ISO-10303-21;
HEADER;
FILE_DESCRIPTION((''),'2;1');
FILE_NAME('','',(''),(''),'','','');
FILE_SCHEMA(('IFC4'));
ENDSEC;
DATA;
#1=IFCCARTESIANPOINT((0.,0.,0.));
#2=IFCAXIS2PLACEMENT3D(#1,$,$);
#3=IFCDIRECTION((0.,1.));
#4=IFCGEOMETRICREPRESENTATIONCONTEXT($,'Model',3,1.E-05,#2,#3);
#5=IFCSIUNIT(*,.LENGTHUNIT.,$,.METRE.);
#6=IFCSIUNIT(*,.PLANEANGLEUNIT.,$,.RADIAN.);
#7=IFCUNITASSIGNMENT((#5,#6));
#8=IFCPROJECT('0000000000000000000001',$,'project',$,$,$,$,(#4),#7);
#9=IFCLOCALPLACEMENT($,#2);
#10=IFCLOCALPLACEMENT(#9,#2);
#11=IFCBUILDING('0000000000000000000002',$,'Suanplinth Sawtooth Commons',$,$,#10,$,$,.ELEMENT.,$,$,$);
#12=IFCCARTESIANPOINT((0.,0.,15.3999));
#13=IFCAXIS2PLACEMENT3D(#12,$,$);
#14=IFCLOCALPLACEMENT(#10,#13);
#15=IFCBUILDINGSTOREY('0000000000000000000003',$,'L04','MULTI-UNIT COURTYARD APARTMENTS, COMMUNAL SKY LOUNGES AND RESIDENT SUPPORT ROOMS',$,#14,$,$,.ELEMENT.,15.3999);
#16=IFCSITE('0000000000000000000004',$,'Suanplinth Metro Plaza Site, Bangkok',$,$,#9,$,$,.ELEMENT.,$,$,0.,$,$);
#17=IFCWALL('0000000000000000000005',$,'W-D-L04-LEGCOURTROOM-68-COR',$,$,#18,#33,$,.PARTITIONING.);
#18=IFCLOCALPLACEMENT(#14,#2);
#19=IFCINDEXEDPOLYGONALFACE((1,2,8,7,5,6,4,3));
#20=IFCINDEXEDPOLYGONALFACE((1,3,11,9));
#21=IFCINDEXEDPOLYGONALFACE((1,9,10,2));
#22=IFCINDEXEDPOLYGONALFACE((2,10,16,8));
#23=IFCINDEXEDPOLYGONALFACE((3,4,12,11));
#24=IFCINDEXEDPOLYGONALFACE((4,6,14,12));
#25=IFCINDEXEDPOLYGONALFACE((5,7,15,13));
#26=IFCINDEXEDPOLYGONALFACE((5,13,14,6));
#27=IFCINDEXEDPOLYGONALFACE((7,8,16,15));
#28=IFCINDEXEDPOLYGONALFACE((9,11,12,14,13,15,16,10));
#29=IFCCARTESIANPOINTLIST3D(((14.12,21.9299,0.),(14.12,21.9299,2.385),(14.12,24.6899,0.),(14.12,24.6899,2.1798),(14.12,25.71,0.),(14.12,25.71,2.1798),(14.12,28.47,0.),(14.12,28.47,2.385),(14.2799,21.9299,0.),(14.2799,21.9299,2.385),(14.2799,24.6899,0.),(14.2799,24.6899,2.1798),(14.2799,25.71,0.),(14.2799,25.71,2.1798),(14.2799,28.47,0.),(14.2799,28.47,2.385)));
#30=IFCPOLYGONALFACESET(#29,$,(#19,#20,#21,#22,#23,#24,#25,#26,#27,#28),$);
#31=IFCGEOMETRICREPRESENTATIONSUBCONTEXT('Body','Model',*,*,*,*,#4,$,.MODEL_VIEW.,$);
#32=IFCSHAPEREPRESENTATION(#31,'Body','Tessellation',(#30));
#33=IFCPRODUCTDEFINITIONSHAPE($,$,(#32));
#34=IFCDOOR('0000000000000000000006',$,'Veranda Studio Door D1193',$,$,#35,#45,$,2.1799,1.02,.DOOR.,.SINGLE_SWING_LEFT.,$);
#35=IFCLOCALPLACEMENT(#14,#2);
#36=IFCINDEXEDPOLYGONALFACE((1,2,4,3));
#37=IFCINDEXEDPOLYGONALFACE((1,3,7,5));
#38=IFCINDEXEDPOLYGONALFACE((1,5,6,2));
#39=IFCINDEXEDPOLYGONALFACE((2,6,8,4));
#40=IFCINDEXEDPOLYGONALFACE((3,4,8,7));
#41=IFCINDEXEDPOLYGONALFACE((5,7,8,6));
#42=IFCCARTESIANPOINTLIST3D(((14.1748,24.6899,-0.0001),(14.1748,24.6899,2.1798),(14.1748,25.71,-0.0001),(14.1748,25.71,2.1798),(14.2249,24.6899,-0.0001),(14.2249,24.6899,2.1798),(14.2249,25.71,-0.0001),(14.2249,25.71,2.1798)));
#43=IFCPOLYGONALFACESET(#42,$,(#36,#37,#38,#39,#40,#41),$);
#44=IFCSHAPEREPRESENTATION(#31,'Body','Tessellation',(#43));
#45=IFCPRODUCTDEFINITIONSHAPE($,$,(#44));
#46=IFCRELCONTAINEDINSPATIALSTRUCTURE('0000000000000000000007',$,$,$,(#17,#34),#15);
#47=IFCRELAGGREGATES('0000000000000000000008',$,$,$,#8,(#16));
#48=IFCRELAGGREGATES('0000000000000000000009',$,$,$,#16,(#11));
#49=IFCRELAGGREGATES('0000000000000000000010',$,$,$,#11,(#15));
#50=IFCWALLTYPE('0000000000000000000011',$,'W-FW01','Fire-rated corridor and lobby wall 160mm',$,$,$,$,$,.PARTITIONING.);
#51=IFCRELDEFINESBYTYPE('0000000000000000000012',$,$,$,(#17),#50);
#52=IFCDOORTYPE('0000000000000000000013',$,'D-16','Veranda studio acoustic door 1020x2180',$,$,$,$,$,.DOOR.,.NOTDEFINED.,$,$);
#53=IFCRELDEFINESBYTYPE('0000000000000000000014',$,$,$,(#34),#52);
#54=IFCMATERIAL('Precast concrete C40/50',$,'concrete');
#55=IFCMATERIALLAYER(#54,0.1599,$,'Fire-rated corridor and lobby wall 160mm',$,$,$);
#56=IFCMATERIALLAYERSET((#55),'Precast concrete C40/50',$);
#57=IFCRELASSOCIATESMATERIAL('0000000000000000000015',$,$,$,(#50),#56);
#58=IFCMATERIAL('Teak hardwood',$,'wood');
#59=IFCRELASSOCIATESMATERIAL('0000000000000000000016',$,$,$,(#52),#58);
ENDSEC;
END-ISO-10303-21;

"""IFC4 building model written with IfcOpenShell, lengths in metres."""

from ifc_helpers import new_model, si_unit, direction, frame, frame_2d, origin, place, context, subcontext, project, spatial, rectangle, extrude, material, layer, layer_set, type_object, element, fill, save


model = new_model("IFC4")

# Units and contexts
model_context = context("Model", 3, precision=1e-05, world=origin(), true_north=direction((0.0, 1.0)))
body_context = subcontext(model_context, "Body", "Model", "MODEL_VIEW")
ifc_project = project(units=[si_unit("LENGTHUNIT", "METRE"), si_unit("PLANEANGLEUNIT", "RADIAN")], contexts=[model_context])

# Site, building, storey
site_placement = place(None, origin())
site = spatial("IfcSite", under=ifc_project, at=site_placement, Name="Suanplinth Metro Plaza Site, Bangkok", CompositionType="ELEMENT", RefElevation=0.0)
building_placement = place(site_placement, origin())
building = spatial("IfcBuilding", under=site, at=building_placement, Name="Suanplinth Sawtooth Commons", CompositionType="ELEMENT")
storey_placement = place(building_placement, frame((0.0, 0.0, 15.3999)))
storey = spatial("IfcBuildingStorey", under=building, at=storey_placement, Name="L04", Description="MULTI-UNIT COURTYARD APARTMENTS, COMMUNAL SKY LOUNGES AND RESIDENT SUPPORT ROOMS", CompositionType="ELEMENT", Elevation=15.3999)

# Shared definitions
ifc_material_1 = material(Name="Precast concrete C40/50", Category="concrete")

# Wall, opening, door
ifc_layer_1 = layer(ifc_material_1, 0.1599, Name="Fire-rated corridor and lobby wall 160mm")
ifc_layer_set_1 = layer_set([ifc_layer_1], Name="Precast concrete C40/50")
wall_type_1 = type_object("IfcWallType", Name="W-FW01", Description="Fire-rated corridor and lobby wall 160mm", PredefinedType="PARTITIONING", material=ifc_layer_set_1)
ifc_material_2 = material(Name="Teak hardwood", Category="wood")
door_type_1 = type_object("IfcDoorType", Name="D-16", Description="Veranda studio acoustic door 1020x2180", OperationType="NOTDEFINED", PredefinedType="DOOR", material=ifc_material_2)
wall_1_placement = place(storey_placement, frame((14.2, 21.9299, 0.0), z_axis=(0.0, 0.0, 1.0), x_axis=(0.0, 1.0, 0.0)))
wall_1 = element("IfcWall", 1, at=wall_1_placement, inside=storey, type_object=wall_type_1, Name="W-D-L04-LEGCOURTROOM-68-COR", PredefinedType="PARTITIONING", context=body_context, shape_type="SweptSolid", body=[
    extrude(rectangle(XDim=6.54, YDim=0.1599, at=frame_2d((3.27, 0.0))), origin(), (0.0, 0.0, 1.0), 2.385),
])
opening_1_placement = place(wall_1_placement, frame((2.76, 0.0, 0.0)))
opening_1 = element("IfcOpeningElement", 2, at=opening_1_placement, cuts=wall_1, PredefinedType="OPENING", context=body_context, shape_type="SweptSolid", body=[
    extrude(rectangle(XDim=1.02, YDim=2.1799, at=frame_2d((0.51, 1.0898))), frame((0.0, 0.0947, 0.0), z_axis=(0.0, -1.0, 0.0), x_axis=(1.0, 0.0, 0.0)), (0.0, 0.0, 1.0), 0.1897),
])
door_1_placement = place(opening_1_placement, frame((1.02, 0.0, 0.0), z_axis=(0.0, 0.0, 1.0), x_axis=(-1.0, 0.0, 0.0)))
door_1 = element("IfcDoor", 3, at=door_1_placement, inside=storey, type_object=door_type_1, Name="Veranda Studio Door D1193", OperationType="SINGLE_SWING_LEFT", OverallHeight=2.1799, OverallWidth=1.02, PredefinedType="DOOR", context=body_context, shape_type="SweptSolid", body=[
    extrude(rectangle(XDim=1.02, YDim=2.1799, at=frame_2d((0.51, 1.0898))), frame((0.0, 0.0249, 0.0), z_axis=(0.0, -1.0, 0.0), x_axis=(1.0, 0.0, 0.0)), (0.0, 0.0, 1.0), 0.05),
])
fill(opening_1, door_1)

save(model, "model.ifc")
